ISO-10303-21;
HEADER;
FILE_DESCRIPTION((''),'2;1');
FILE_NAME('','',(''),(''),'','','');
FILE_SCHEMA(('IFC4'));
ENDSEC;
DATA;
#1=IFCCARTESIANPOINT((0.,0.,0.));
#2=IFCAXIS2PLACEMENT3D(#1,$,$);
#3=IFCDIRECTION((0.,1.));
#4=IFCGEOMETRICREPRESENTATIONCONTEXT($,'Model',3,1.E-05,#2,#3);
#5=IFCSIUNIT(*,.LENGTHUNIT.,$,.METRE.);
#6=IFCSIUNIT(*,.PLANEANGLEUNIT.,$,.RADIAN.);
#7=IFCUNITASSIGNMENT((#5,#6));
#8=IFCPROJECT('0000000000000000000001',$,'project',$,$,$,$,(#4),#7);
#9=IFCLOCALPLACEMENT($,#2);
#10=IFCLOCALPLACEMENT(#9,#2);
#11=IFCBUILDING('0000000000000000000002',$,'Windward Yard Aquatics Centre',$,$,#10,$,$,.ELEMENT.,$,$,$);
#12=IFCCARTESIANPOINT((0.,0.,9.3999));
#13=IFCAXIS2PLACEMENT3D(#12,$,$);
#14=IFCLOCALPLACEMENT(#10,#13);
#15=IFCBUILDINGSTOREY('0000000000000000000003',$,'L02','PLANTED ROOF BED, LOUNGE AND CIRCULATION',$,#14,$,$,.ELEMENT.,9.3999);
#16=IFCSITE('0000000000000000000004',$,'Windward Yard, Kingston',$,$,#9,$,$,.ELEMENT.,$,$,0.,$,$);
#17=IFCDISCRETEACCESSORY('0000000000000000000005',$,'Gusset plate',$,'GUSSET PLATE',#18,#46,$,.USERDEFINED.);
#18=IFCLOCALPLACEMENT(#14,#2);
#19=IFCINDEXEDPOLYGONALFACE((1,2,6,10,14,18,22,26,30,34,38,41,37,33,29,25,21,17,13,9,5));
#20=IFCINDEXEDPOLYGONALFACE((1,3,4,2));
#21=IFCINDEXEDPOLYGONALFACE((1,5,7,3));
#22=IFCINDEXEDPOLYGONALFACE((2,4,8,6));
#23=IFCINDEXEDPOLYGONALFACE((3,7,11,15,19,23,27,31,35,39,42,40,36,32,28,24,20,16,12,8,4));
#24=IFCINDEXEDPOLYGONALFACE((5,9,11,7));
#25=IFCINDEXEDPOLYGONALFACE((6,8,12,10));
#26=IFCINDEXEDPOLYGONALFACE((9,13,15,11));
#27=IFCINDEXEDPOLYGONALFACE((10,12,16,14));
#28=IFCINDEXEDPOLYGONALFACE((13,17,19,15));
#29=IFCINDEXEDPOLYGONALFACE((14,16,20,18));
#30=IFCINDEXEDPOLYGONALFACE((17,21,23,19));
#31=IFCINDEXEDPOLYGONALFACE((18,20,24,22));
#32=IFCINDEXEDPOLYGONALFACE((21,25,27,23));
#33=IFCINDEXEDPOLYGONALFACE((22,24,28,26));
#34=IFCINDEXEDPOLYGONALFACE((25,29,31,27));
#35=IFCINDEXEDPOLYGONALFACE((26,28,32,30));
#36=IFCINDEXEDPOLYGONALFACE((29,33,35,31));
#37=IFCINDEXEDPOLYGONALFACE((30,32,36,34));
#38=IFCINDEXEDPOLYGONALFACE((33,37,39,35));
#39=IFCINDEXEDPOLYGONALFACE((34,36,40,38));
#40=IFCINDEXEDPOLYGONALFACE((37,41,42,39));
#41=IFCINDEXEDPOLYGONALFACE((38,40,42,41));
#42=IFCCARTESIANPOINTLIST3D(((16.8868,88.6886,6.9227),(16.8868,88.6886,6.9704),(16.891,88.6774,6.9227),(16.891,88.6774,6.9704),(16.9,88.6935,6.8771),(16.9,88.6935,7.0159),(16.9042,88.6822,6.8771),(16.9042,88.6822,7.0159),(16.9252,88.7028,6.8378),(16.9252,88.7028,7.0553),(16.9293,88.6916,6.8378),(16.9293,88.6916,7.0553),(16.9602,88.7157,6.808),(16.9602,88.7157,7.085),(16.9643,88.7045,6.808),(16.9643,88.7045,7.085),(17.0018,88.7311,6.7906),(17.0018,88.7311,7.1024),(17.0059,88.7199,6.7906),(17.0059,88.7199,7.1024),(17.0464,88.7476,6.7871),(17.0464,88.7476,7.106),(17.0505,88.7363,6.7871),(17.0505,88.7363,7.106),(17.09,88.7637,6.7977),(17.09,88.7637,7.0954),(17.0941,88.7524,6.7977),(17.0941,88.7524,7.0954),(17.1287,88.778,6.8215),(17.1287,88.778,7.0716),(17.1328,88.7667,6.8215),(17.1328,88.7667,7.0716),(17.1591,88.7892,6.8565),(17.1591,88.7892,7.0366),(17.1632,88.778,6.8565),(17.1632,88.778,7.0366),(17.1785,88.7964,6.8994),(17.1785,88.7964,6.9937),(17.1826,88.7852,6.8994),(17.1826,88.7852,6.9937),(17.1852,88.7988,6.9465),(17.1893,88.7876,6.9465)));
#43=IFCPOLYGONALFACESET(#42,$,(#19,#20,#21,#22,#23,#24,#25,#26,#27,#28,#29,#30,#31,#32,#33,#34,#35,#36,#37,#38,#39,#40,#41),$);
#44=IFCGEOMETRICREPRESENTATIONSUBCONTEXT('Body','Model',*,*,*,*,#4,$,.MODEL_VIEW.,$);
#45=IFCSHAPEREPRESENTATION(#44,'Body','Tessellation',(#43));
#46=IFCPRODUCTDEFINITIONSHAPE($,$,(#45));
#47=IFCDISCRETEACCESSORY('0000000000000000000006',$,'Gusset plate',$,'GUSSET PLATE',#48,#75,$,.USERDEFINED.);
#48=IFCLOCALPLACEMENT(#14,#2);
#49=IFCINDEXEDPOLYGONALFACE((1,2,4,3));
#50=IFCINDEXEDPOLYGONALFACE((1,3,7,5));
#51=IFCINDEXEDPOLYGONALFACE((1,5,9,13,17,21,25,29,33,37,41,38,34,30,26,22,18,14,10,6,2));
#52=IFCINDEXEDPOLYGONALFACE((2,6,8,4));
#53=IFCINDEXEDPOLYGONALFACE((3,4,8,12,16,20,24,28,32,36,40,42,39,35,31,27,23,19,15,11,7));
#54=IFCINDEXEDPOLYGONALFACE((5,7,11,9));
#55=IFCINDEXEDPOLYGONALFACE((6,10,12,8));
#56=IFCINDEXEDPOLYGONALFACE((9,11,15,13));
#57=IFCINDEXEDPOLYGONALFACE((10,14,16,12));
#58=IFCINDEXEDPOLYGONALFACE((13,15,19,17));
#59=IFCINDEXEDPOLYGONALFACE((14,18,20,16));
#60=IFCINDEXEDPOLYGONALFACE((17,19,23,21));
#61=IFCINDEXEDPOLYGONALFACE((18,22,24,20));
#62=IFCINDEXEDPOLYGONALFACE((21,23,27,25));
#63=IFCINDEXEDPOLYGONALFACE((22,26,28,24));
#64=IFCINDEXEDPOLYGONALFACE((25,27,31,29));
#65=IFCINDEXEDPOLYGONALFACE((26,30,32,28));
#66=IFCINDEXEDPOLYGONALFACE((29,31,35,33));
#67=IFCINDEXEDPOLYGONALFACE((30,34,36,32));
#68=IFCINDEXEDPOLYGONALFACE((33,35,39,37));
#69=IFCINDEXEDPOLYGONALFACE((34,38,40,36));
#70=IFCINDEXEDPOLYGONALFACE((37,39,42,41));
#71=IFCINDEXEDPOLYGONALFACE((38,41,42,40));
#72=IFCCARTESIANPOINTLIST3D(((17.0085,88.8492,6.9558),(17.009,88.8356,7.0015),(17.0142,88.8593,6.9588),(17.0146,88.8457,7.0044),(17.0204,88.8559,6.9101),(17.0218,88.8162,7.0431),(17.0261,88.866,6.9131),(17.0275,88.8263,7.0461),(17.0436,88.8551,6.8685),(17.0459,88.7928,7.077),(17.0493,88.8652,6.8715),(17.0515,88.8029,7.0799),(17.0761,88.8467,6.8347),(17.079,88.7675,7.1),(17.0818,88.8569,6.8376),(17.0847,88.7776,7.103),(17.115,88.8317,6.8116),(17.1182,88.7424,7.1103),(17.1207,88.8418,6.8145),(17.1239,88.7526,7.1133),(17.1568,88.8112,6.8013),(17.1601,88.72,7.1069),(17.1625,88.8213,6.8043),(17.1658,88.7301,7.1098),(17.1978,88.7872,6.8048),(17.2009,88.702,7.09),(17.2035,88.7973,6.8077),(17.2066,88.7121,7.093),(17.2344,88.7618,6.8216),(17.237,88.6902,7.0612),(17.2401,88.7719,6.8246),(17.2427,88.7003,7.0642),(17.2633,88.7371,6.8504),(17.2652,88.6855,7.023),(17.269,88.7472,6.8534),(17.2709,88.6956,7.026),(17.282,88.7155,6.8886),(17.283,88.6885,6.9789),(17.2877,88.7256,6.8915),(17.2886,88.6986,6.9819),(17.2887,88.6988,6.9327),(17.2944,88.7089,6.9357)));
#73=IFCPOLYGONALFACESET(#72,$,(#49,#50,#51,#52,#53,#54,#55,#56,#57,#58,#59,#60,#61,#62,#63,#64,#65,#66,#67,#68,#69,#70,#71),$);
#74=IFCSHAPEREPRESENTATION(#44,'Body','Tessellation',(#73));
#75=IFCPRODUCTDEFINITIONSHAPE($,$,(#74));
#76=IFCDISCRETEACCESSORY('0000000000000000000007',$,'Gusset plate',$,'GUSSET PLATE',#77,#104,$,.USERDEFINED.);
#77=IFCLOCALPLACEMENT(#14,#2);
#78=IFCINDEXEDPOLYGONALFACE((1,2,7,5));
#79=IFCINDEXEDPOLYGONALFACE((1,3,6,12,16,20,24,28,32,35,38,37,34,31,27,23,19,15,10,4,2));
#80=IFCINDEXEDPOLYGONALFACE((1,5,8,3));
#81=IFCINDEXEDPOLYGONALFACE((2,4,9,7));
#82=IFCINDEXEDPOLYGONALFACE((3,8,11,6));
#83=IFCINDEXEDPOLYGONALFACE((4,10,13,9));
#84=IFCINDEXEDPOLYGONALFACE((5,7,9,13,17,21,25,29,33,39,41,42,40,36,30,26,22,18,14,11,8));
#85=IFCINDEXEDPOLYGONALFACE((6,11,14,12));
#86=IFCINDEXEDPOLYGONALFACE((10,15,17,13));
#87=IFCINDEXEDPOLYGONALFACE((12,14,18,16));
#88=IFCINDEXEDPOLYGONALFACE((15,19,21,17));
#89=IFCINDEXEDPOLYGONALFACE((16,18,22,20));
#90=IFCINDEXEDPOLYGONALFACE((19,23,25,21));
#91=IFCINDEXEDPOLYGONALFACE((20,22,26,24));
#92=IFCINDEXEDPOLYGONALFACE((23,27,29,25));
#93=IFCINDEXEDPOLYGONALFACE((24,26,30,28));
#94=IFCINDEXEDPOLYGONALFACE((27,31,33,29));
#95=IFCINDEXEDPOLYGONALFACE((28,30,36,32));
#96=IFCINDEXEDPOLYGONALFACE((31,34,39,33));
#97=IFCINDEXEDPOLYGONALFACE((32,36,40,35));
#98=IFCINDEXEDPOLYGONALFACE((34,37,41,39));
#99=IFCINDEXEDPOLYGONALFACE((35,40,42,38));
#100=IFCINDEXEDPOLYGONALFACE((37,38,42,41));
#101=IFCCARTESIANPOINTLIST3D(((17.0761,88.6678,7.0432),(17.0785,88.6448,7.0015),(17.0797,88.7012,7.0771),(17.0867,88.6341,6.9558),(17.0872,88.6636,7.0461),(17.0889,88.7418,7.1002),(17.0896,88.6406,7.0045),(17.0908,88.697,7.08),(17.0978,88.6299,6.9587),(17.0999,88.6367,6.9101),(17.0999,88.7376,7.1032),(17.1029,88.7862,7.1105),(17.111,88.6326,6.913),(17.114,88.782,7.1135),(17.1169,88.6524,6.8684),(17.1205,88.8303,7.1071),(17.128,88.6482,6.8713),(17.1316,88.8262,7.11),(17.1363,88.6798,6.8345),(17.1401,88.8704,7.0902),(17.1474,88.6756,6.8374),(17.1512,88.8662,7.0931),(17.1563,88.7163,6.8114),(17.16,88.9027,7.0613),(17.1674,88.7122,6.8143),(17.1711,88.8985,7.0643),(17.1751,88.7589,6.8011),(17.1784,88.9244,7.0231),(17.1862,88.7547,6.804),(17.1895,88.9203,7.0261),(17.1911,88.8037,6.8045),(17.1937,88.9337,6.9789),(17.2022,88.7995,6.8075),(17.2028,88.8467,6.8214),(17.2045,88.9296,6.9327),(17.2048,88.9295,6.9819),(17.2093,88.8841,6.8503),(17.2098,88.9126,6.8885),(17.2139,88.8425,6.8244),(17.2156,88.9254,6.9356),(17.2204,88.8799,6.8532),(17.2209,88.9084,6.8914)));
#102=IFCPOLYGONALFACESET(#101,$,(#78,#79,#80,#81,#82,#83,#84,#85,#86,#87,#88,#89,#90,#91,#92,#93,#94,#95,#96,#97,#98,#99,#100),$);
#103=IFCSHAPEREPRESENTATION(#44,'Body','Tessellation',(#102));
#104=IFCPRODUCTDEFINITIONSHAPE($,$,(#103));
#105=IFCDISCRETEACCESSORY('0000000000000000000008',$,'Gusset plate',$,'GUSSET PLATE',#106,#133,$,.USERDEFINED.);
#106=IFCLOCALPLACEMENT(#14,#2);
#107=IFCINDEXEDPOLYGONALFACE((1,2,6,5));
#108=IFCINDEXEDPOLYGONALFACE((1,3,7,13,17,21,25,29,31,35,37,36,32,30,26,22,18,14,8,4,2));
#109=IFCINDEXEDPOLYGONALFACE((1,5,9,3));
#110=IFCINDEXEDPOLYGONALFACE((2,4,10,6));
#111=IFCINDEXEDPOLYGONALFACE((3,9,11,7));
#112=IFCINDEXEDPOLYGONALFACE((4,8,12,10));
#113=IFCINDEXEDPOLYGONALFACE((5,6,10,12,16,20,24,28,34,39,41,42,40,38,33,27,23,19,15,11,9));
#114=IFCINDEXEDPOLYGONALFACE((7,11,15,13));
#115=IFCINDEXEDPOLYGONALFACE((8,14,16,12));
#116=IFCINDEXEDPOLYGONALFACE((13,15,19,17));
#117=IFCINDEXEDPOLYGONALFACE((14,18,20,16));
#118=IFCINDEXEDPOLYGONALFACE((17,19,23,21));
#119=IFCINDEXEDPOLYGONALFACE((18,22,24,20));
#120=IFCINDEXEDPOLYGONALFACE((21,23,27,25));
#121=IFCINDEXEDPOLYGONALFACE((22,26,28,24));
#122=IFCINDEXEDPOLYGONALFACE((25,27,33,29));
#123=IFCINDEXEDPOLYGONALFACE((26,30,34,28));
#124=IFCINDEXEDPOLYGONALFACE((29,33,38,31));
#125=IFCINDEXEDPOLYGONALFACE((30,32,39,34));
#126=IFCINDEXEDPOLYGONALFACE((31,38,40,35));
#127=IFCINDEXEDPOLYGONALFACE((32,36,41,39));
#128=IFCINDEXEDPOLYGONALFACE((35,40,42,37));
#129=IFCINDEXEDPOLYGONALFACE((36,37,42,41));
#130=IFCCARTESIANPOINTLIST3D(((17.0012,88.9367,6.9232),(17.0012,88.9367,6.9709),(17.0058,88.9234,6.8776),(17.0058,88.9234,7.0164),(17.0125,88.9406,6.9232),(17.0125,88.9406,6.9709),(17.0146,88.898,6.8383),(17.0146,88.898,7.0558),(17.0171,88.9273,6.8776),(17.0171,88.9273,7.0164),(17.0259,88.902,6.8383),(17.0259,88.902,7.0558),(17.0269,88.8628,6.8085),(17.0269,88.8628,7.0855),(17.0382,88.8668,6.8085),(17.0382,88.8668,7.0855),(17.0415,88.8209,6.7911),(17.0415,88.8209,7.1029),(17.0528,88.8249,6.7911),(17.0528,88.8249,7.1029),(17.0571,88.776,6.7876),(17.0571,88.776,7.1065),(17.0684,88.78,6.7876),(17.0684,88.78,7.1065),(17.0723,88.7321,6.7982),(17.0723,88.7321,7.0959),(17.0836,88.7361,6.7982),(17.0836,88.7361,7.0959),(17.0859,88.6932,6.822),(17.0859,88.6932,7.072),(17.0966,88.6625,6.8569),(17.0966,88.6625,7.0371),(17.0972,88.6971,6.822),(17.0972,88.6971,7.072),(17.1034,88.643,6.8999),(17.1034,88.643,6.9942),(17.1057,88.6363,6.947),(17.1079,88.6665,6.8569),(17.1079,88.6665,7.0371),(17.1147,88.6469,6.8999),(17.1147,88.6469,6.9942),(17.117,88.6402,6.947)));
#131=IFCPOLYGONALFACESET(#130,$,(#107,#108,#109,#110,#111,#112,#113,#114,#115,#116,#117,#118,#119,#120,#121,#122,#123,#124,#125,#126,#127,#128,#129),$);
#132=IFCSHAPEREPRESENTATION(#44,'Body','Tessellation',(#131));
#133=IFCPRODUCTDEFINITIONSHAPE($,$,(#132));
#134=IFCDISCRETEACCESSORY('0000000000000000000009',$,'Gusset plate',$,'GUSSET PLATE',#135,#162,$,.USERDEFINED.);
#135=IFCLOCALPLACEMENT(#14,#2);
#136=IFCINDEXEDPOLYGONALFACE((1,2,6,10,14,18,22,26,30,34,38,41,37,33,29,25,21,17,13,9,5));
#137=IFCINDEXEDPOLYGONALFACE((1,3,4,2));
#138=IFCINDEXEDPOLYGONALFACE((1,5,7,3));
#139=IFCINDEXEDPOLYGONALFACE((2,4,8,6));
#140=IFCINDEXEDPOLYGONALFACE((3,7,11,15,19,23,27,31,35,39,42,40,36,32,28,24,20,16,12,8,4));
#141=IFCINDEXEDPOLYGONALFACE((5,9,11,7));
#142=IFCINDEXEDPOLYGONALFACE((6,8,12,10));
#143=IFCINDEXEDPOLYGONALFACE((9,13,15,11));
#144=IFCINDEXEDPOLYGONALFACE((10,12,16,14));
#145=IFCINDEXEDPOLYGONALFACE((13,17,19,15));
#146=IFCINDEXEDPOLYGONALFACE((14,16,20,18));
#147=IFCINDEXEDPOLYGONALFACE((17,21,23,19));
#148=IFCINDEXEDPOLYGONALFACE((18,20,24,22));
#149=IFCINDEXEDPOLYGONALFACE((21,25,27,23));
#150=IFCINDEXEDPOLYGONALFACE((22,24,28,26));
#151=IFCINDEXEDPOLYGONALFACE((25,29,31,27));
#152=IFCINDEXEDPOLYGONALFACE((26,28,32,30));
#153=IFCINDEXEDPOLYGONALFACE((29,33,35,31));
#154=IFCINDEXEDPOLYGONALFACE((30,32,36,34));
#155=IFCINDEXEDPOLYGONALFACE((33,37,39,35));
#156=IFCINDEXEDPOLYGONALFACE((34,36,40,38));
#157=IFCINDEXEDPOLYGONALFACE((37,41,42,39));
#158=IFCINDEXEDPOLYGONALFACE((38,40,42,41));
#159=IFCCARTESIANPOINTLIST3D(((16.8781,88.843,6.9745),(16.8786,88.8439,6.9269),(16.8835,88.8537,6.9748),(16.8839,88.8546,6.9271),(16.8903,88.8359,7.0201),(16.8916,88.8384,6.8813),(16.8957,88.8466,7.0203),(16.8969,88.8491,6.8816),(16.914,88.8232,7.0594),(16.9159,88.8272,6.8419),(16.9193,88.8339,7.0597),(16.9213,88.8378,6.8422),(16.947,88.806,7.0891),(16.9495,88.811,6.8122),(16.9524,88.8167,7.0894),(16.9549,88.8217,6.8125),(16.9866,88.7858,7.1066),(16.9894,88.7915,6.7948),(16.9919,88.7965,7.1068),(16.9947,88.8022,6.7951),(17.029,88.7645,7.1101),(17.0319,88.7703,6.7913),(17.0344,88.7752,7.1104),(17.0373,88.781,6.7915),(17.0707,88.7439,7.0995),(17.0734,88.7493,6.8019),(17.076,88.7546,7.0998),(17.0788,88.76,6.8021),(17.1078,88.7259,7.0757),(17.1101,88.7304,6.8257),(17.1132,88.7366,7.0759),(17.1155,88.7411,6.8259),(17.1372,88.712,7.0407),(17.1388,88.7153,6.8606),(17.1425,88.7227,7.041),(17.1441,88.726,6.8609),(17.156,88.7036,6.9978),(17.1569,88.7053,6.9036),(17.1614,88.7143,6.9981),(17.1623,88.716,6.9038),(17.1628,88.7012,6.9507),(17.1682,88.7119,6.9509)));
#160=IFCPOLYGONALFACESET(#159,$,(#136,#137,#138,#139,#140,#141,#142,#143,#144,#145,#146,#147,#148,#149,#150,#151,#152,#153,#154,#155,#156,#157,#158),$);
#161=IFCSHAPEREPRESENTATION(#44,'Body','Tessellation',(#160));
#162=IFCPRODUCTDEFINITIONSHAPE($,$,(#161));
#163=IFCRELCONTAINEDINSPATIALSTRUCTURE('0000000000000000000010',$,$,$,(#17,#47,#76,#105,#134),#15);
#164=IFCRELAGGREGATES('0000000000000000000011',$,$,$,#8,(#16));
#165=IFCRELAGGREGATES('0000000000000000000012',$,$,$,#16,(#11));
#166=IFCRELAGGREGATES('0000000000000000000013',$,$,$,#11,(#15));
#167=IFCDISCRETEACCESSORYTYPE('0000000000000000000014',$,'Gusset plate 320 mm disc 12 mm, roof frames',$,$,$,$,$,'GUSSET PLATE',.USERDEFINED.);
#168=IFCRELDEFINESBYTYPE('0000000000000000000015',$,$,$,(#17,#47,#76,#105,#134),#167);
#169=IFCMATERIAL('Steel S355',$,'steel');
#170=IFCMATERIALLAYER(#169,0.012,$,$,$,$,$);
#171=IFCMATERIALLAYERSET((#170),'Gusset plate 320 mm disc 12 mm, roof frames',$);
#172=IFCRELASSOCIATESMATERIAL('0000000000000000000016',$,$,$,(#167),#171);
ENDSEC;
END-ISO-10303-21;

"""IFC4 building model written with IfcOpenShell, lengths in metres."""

from ifc_helpers import new_model, si_unit, direction, frame, origin, origin_2d, place, context, subcontext, project, spatial, circle, extrude, material, layer, layer_set, type_object, element, save


model = new_model("IFC4")

# Units and contexts
model_context = context("Model", 3, precision=1e-05, world=origin(), true_north=direction((0.0, 1.0)))
body_context = subcontext(model_context, "Body", "Model", "MODEL_VIEW")
ifc_project = project(units=[si_unit("LENGTHUNIT", "METRE"), si_unit("PLANEANGLEUNIT", "RADIAN")], contexts=[model_context])

# Site, building, storey
site_placement = place(None, origin())
site = spatial("IfcSite", under=ifc_project, at=site_placement, Name="Windward Yard, Kingston", CompositionType="ELEMENT", RefElevation=0.0)
building_placement = place(site_placement, origin())
building = spatial("IfcBuilding", under=site, at=building_placement, Name="Windward Yard Aquatics Centre", CompositionType="ELEMENT")
storey_placement = place(building_placement, frame((0.0, 0.0, 9.3999)))
storey = spatial("IfcBuildingStorey", under=building, at=storey_placement, Name="L02", Description="PLANTED ROOF BED, LOUNGE AND CIRCULATION", CompositionType="ELEMENT", Elevation=9.3999)

# Shared definitions
ifc_material_1 = material(Name="Steel S355", Category="steel")

# Discrete accessories
ifc_layer_1 = layer(ifc_material_1, 0.012)
ifc_layer_set_1 = layer_set([ifc_layer_1], Name="Gusset plate 320 mm disc 12 mm, roof frames")
discrete_accessory_type_1 = type_object("IfcDiscreteAccessoryType", Name="Gusset plate 320 mm disc 12 mm, roof frames", ElementType="GUSSET PLATE", PredefinedType="USERDEFINED", material=ifc_layer_set_1)
for number, where, z_axis, x_axis, name in (
    (1, (17.0352, 88.7434, 6.9465), (0.34665, -0.937994, 0.0), (0.937994, 0.34665, 0.0), "Gusset plate"),
    (2, (17.1479, 88.771, 6.9558), (0.47405, 0.845047, 0.247331), (-0.872143, 0.489251, 0.0), "Gusset plate"),
):
    element("IfcDiscreteAccessory", number, at=place(storey_placement, frame(where, z_axis=z_axis, x_axis=x_axis)), inside=storey, type_object=discrete_accessory_type_1, Name=name, ObjectType="GUSSET PLATE", PredefinedType="USERDEFINED", context=body_context, shape_type="SweptSolid", body=[
        extrude(circle(Radius=0.1599, at=origin_2d()), origin(), (0.0, 0.0, 1.0), 0.012),
    ])
discrete_accessory_1_placement = place(storey_placement, frame((17.1543, 88.7795, 6.9587), z_axis=(-0.907657, 0.342892, -0.242042), x_axis=(-0.353401, -0.935472, 0.0)))
element("IfcDiscreteAccessory", 3, at=discrete_accessory_1_placement, inside=storey, type_object=discrete_accessory_type_1, Name="Gusset plate", ObjectType="GUSSET PLATE", PredefinedType="USERDEFINED", context=body_context, shape_type="SweptSolid", body=[
    extrude(circle(Radius=0.1599, at=origin_2d()), origin(), (0.0, 0.0, 1.0), 0.0122),
])
for number, where, z_axis, x_axis, name in (
    (4, (17.0645, 88.7913, 6.947), (-0.944497, -0.328521, 0.0), (0.328521, -0.944497, 0.0), "Gusset plate"),
    (5, (17.0251, 88.7834, 6.9509), (-0.447121, -0.894242, -0.020324), (0.894427, -0.447214, 0.0), "Gusset plate"),
):
    element("IfcDiscreteAccessory", number, at=place(storey_placement, frame(where, z_axis=z_axis, x_axis=x_axis)), inside=storey, type_object=discrete_accessory_type_1, Name=name, ObjectType="GUSSET PLATE", PredefinedType="USERDEFINED", context=body_context, shape_type="SweptSolid", body=[
        extrude(circle(Radius=0.1599, at=origin_2d()), origin(), (0.0, 0.0, 1.0), 0.012),
    ])

save(model, "model.ifc")
